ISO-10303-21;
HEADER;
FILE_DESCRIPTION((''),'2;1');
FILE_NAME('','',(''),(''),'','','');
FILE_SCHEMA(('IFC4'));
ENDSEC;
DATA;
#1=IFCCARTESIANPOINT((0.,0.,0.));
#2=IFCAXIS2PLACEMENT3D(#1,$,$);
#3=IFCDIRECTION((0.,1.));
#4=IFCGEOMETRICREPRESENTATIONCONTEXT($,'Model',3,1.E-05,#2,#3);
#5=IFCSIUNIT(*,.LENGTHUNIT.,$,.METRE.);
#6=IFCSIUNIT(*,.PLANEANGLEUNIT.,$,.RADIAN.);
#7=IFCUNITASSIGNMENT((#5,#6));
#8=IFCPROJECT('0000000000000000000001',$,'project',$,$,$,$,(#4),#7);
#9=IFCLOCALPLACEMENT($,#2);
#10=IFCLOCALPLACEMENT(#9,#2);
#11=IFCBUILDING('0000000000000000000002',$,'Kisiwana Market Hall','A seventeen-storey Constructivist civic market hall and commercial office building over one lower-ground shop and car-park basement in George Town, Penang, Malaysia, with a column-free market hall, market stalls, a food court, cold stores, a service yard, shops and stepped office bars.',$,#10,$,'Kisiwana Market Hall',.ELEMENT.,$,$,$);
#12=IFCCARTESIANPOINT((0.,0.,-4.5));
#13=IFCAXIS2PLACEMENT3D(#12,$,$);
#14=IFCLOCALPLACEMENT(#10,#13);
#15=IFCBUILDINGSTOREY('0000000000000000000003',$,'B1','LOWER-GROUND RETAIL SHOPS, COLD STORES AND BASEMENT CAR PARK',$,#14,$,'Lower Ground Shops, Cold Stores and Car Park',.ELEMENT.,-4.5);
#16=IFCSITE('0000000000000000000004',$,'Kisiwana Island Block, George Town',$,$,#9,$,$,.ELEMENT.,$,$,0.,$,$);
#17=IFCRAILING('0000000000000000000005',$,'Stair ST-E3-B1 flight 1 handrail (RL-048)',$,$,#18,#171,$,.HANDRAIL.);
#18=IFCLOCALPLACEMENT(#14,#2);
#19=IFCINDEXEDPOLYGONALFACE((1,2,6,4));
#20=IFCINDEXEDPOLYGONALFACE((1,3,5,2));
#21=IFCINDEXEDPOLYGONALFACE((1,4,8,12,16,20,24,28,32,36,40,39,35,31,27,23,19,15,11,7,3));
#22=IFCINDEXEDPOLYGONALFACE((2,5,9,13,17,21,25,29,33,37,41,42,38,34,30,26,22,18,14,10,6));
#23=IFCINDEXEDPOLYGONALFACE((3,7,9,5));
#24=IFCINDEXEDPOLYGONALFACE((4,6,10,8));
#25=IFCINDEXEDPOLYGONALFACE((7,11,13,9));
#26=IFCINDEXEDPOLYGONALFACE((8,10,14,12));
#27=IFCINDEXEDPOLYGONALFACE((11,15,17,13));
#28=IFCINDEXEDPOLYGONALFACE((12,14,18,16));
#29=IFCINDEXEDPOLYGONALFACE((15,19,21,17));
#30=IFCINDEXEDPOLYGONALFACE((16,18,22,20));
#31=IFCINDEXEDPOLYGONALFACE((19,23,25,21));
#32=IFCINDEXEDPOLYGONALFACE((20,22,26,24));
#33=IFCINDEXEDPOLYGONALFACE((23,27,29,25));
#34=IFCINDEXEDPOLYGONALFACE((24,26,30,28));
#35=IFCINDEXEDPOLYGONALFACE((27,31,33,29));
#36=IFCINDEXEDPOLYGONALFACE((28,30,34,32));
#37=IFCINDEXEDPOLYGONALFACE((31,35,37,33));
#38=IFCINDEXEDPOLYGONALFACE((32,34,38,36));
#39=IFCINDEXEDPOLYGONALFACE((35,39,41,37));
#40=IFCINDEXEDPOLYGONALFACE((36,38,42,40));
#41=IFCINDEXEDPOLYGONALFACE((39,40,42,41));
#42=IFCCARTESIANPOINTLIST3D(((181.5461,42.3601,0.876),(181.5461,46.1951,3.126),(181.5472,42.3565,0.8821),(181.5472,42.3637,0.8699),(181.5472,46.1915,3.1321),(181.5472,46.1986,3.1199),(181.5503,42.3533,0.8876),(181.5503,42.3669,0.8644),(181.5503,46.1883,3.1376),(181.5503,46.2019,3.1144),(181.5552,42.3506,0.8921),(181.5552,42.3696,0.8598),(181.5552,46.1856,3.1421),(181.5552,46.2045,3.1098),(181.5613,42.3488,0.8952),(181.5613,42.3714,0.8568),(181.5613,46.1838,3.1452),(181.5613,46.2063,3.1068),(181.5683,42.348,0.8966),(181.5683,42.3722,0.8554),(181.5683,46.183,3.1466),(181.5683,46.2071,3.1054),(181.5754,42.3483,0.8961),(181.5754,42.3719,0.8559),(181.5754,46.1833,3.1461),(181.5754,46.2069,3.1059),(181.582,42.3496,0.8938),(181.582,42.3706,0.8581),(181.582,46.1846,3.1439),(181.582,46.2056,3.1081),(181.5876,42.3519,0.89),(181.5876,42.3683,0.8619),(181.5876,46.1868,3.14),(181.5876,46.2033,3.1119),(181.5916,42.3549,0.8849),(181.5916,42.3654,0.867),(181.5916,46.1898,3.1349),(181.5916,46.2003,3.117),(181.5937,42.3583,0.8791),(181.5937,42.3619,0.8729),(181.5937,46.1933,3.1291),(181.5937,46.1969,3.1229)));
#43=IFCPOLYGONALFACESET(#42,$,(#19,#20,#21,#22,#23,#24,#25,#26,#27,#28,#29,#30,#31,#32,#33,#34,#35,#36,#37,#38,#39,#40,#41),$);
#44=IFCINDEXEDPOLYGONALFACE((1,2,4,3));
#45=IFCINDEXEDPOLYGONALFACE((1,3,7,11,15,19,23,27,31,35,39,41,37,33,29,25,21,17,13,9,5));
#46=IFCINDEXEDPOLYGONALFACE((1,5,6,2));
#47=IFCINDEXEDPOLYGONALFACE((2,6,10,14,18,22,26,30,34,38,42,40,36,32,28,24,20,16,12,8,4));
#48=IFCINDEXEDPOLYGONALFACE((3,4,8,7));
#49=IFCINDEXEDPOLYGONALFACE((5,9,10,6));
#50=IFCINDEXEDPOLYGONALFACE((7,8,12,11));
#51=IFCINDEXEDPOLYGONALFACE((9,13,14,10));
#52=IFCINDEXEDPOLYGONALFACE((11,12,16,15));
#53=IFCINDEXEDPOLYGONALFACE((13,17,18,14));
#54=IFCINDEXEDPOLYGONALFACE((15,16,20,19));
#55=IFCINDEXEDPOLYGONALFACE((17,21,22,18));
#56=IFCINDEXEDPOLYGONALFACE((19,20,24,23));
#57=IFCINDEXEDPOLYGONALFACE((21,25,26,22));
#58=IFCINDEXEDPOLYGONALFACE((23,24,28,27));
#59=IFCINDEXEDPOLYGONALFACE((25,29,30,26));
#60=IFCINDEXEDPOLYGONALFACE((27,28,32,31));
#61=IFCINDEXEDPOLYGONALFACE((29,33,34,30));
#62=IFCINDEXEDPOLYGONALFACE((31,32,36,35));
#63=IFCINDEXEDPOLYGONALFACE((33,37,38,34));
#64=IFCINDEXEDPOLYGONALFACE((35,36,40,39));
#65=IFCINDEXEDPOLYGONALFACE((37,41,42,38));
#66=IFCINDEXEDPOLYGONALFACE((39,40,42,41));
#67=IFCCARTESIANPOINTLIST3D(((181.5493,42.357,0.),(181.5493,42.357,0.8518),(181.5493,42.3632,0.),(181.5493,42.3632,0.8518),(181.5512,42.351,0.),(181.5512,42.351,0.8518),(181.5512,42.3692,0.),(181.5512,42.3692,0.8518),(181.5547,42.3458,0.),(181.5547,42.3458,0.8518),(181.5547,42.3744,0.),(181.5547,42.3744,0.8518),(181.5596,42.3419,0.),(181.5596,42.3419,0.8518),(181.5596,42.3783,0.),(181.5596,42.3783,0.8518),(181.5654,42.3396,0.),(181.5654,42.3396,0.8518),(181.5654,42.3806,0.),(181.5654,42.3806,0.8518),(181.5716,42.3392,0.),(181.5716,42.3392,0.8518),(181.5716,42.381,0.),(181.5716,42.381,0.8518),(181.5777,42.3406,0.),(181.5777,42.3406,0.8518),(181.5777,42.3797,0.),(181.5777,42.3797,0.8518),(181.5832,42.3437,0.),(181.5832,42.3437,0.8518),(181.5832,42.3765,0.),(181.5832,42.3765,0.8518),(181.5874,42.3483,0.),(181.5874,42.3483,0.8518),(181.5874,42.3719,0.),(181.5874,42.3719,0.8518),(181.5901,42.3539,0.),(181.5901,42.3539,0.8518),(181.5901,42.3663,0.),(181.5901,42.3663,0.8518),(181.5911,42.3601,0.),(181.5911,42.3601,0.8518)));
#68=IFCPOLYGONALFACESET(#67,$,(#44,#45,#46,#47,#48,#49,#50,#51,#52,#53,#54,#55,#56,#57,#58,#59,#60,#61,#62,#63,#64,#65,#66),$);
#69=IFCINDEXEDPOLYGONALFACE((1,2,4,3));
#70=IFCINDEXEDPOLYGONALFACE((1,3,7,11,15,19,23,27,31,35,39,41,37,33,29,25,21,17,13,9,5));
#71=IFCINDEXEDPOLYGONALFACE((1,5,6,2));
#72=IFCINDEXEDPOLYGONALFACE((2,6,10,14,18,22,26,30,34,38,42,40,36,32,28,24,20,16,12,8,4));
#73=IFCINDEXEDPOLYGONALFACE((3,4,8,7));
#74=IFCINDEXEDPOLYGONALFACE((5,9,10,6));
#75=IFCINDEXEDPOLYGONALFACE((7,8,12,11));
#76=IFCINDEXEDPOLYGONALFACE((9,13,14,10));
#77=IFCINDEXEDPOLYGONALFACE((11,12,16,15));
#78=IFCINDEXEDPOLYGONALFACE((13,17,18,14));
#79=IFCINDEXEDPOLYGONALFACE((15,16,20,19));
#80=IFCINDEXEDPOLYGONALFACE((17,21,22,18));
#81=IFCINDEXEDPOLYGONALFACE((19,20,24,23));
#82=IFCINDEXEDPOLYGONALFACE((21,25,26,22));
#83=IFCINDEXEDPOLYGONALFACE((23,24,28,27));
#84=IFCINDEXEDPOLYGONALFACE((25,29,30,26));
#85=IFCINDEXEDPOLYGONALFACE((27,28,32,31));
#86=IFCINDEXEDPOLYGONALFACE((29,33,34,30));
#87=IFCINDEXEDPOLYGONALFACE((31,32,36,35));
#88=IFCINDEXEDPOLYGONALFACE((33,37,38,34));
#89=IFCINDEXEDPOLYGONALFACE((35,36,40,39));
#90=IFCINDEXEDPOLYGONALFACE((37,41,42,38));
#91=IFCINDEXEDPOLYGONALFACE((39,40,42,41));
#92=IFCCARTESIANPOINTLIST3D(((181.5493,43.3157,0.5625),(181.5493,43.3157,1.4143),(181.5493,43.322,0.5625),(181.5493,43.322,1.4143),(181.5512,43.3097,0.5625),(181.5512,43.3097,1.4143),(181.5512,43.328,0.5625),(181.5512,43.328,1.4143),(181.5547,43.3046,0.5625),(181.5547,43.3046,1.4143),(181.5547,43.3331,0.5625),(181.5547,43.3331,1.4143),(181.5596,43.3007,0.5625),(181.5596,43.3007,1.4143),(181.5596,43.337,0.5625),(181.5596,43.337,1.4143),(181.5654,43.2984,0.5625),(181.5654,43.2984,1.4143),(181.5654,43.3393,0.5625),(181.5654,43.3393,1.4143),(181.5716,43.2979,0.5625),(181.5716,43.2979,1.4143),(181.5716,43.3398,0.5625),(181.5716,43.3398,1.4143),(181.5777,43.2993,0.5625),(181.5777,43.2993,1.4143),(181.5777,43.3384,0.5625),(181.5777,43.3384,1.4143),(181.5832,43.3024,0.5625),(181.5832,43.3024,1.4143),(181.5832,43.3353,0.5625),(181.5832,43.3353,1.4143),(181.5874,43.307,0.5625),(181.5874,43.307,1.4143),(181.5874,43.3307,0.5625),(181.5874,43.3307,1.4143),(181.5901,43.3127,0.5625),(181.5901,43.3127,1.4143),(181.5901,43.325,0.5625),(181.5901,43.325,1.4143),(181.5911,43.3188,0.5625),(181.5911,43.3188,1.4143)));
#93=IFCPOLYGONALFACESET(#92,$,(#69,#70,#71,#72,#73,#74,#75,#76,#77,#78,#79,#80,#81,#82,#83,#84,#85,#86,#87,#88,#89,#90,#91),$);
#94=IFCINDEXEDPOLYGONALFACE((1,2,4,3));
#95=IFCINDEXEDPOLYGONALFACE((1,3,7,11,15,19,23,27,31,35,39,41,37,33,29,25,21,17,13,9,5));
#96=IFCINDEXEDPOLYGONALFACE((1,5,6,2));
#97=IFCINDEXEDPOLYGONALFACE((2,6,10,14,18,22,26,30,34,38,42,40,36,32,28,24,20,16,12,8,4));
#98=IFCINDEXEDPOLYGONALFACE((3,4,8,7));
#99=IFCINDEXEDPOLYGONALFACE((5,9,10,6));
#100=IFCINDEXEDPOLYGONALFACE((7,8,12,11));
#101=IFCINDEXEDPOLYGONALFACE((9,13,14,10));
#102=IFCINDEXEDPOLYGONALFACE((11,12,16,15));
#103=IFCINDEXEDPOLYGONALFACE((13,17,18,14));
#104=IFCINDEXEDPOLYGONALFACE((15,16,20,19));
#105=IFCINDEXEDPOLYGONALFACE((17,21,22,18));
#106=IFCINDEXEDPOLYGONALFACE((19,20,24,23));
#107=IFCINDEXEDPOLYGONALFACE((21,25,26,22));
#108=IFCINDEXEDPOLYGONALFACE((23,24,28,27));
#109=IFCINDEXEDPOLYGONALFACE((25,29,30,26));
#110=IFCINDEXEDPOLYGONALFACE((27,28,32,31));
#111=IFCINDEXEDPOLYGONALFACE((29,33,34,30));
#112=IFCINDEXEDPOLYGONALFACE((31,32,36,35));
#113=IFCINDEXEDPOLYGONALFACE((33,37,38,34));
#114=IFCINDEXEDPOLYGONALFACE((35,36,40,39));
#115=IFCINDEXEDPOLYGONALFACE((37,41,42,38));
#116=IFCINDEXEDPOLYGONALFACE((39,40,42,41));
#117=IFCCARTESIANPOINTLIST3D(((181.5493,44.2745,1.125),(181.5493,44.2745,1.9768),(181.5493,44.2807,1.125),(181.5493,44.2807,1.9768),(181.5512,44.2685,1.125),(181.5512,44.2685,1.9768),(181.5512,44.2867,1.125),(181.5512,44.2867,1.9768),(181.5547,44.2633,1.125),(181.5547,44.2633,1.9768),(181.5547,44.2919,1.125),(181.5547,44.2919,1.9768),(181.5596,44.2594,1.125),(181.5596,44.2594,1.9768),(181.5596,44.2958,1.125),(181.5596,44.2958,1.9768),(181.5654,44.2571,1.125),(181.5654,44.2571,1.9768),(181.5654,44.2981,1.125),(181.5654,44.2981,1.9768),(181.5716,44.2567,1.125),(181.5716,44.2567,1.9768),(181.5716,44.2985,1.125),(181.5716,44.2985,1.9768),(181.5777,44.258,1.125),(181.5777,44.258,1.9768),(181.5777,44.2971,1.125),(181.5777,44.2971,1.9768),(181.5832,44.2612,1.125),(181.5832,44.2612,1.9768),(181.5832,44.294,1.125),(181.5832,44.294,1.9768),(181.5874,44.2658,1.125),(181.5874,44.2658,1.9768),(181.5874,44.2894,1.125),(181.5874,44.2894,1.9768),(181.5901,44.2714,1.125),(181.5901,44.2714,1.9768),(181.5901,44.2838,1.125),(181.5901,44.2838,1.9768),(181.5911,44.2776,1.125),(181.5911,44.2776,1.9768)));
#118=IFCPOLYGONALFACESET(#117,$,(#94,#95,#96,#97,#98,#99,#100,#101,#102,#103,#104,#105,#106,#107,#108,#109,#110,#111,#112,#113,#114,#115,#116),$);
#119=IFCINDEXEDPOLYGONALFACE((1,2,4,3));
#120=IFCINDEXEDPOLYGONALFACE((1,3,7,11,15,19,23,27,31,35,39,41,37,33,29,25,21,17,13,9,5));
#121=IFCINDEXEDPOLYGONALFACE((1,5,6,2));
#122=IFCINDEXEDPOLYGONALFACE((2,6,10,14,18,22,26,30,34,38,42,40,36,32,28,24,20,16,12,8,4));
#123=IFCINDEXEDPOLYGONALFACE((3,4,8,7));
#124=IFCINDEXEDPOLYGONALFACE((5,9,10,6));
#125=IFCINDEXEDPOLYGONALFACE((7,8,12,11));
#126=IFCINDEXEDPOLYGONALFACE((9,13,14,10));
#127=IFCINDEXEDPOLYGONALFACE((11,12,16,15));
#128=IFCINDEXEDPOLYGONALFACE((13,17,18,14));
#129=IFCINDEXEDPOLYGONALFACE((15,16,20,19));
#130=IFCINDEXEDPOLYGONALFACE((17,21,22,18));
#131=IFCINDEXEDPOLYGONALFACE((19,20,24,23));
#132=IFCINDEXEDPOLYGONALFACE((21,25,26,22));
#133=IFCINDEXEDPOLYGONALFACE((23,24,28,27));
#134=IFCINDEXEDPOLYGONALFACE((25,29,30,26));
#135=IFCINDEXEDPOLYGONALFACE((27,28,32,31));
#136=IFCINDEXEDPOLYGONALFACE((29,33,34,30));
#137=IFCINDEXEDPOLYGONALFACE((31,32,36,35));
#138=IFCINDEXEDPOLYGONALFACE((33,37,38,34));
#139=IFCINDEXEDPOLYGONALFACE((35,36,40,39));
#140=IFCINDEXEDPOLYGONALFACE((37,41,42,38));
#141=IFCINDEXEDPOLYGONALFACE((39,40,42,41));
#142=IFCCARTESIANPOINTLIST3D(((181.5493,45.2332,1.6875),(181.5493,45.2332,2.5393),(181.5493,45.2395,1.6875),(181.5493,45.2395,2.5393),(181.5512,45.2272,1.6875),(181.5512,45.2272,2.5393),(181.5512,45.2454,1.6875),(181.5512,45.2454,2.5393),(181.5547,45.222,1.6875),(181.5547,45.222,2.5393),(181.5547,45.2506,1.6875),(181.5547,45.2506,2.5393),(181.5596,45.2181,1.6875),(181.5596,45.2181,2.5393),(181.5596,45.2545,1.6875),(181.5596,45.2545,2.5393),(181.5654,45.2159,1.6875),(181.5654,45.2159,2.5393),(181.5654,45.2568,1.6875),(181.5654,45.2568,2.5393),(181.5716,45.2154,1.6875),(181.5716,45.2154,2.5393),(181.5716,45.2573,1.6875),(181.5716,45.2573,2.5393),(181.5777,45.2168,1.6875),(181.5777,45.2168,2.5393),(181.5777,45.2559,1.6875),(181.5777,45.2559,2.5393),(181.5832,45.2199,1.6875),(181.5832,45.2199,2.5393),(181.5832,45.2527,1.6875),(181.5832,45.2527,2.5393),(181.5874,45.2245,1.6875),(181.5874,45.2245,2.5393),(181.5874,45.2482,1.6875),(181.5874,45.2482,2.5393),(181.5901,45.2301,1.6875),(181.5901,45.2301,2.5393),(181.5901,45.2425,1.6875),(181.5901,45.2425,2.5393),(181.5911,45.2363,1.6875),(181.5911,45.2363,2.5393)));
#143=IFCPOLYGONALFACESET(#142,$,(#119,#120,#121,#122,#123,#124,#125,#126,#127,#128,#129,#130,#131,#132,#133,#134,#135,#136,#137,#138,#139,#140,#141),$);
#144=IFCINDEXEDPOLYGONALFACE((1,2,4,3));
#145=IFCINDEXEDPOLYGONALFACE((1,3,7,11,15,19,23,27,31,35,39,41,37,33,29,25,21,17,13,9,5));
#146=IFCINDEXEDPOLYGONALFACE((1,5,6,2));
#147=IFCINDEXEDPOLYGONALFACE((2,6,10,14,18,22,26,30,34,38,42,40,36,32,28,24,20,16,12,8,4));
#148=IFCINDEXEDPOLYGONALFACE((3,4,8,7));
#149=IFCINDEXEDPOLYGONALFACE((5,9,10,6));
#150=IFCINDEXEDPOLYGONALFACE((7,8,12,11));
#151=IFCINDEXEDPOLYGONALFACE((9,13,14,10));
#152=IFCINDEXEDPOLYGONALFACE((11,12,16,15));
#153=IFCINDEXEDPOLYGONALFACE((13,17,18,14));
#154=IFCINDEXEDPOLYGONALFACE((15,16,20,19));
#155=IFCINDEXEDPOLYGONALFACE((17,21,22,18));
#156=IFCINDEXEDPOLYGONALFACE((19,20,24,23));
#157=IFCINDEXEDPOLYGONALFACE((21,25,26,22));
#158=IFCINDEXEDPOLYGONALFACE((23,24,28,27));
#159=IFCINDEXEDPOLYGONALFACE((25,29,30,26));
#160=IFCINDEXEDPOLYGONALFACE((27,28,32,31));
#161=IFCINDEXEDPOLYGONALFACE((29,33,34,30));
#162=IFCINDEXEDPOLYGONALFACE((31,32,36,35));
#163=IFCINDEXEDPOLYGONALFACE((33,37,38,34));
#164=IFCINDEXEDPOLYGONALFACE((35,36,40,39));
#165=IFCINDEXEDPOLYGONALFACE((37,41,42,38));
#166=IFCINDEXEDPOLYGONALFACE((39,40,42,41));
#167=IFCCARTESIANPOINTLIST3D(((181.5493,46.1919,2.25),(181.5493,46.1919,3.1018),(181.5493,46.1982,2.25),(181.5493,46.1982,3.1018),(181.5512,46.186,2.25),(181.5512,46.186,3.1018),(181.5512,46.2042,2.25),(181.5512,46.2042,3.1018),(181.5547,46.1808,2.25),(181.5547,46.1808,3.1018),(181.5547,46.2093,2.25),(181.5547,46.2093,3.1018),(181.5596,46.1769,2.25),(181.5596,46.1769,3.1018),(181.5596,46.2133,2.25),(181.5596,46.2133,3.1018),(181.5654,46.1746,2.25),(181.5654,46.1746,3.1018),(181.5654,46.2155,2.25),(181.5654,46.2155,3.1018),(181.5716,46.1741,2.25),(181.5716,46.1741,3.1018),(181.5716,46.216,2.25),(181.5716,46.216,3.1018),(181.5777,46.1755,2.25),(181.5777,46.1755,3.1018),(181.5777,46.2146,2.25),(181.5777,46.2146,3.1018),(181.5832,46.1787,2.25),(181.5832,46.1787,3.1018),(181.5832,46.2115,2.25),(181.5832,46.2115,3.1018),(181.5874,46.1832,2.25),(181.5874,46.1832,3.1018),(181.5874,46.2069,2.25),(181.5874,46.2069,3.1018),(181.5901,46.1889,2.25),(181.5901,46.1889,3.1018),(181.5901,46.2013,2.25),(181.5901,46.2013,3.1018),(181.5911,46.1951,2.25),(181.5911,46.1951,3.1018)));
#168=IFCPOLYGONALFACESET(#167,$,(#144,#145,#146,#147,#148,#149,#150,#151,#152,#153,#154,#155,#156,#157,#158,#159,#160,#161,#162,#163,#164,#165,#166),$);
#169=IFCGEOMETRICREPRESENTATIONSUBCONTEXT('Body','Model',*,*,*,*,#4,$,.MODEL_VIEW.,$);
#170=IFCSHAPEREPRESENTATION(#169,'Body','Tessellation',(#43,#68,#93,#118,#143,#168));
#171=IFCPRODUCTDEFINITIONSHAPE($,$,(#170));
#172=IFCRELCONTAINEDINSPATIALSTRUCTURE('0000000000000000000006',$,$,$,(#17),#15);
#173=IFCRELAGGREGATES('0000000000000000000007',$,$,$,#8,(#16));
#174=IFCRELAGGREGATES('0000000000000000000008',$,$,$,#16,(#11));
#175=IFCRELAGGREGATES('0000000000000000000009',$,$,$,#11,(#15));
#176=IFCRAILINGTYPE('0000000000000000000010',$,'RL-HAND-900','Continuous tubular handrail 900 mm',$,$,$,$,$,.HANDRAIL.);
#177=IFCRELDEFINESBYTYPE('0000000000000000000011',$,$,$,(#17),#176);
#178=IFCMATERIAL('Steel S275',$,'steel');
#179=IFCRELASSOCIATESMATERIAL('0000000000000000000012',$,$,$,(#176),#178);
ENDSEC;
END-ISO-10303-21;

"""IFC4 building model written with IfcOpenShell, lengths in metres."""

from ifc_helpers import new_model, si_unit, direction, frame, origin, origin_2d, place, context, subcontext, project, spatial, circle, extrude, material, type_object, element, save


model = new_model("IFC4")

# Units and contexts
model_context = context("Model", 3, precision=1e-05, world=origin(), true_north=direction((0.0, 1.0)))
body_context = subcontext(model_context, "Body", "Model", "MODEL_VIEW")
ifc_project = project(units=[si_unit("LENGTHUNIT", "METRE"), si_unit("PLANEANGLEUNIT", "RADIAN")], contexts=[model_context])

# Site, building, storey
site_placement = place(None, origin())
site = spatial("IfcSite", under=ifc_project, at=site_placement, Name="Kisiwana Island Block, George Town", CompositionType="ELEMENT", RefElevation=0.0)
building_placement = place(site_placement, origin())
building = spatial("IfcBuilding", under=site, at=building_placement, Name="Kisiwana Market Hall", Description="A seventeen-storey Constructivist civic market hall and commercial office building over one lower-ground shop and car-park basement in George Town, Penang, Malaysia, with a column-free market hall, market stalls, a food court, cold stores, a service yard, shops and stepped office bars.", LongName="Kisiwana Market Hall", CompositionType="ELEMENT")
storey_placement = place(building_placement, frame((0.0, 0.0, -4.5)))
storey = spatial("IfcBuildingStorey", under=building, at=storey_placement, Name="B1", Description="LOWER-GROUND RETAIL SHOPS, COLD STORES AND BASEMENT CAR PARK", LongName="Lower Ground Shops, Cold Stores and Car Park", CompositionType="ELEMENT", Elevation=-4.5)

# Railing
ifc_material_1 = material(Name="Steel S275", Category="steel")
railing_type_1 = type_object("IfcRailingType", Name="RL-HAND-900", Description="Continuous tubular handrail 900 mm", PredefinedType="HANDRAIL", material=ifc_material_1)
for number, where, name in (
    (1, (181.5701, 42.3601, 0.0), "Stair ST-E3-B1 flight 1 handrail (RL-048)"),
):
    element("IfcRailing", number, at=place(storey_placement, frame(where)), inside=storey, type_object=railing_type_1, Name=name, PredefinedType="HANDRAIL", context=body_context, shape_type="SweptSolid", body=[
        extrude(circle(Radius=0.0239, at=origin_2d()), frame((0.0, 0.0, 0.876), z_axis=(0.0, 0.86251, 0.506041), x_axis=(-1.0, 0.0, 0.0)), (0.0, 0.0, 1.0), 4.4463),
        extrude(circle(Radius=0.021, at=origin_2d()), origin(), (0.0, 0.0, 1.0), 0.8518),
        extrude(circle(Radius=0.021, at=origin_2d()), frame((0.0, 0.9587, 0.5625)), (0.0, 0.0, 1.0), 0.8518),
        extrude(circle(Radius=0.021, at=origin_2d()), frame((0.0, 1.9175, 1.125)), (0.0, 0.0, 1.0), 0.8518),
        extrude(circle(Radius=0.021, at=origin_2d()), frame((0.0, 2.8762, 1.6875)), (0.0, 0.0, 1.0), 0.8518),
        extrude(circle(Radius=0.021, at=origin_2d()), frame((0.0, 3.835, 2.25)), (0.0, 0.0, 1.0), 0.8518),
    ])

save(model, "model.ifc")
